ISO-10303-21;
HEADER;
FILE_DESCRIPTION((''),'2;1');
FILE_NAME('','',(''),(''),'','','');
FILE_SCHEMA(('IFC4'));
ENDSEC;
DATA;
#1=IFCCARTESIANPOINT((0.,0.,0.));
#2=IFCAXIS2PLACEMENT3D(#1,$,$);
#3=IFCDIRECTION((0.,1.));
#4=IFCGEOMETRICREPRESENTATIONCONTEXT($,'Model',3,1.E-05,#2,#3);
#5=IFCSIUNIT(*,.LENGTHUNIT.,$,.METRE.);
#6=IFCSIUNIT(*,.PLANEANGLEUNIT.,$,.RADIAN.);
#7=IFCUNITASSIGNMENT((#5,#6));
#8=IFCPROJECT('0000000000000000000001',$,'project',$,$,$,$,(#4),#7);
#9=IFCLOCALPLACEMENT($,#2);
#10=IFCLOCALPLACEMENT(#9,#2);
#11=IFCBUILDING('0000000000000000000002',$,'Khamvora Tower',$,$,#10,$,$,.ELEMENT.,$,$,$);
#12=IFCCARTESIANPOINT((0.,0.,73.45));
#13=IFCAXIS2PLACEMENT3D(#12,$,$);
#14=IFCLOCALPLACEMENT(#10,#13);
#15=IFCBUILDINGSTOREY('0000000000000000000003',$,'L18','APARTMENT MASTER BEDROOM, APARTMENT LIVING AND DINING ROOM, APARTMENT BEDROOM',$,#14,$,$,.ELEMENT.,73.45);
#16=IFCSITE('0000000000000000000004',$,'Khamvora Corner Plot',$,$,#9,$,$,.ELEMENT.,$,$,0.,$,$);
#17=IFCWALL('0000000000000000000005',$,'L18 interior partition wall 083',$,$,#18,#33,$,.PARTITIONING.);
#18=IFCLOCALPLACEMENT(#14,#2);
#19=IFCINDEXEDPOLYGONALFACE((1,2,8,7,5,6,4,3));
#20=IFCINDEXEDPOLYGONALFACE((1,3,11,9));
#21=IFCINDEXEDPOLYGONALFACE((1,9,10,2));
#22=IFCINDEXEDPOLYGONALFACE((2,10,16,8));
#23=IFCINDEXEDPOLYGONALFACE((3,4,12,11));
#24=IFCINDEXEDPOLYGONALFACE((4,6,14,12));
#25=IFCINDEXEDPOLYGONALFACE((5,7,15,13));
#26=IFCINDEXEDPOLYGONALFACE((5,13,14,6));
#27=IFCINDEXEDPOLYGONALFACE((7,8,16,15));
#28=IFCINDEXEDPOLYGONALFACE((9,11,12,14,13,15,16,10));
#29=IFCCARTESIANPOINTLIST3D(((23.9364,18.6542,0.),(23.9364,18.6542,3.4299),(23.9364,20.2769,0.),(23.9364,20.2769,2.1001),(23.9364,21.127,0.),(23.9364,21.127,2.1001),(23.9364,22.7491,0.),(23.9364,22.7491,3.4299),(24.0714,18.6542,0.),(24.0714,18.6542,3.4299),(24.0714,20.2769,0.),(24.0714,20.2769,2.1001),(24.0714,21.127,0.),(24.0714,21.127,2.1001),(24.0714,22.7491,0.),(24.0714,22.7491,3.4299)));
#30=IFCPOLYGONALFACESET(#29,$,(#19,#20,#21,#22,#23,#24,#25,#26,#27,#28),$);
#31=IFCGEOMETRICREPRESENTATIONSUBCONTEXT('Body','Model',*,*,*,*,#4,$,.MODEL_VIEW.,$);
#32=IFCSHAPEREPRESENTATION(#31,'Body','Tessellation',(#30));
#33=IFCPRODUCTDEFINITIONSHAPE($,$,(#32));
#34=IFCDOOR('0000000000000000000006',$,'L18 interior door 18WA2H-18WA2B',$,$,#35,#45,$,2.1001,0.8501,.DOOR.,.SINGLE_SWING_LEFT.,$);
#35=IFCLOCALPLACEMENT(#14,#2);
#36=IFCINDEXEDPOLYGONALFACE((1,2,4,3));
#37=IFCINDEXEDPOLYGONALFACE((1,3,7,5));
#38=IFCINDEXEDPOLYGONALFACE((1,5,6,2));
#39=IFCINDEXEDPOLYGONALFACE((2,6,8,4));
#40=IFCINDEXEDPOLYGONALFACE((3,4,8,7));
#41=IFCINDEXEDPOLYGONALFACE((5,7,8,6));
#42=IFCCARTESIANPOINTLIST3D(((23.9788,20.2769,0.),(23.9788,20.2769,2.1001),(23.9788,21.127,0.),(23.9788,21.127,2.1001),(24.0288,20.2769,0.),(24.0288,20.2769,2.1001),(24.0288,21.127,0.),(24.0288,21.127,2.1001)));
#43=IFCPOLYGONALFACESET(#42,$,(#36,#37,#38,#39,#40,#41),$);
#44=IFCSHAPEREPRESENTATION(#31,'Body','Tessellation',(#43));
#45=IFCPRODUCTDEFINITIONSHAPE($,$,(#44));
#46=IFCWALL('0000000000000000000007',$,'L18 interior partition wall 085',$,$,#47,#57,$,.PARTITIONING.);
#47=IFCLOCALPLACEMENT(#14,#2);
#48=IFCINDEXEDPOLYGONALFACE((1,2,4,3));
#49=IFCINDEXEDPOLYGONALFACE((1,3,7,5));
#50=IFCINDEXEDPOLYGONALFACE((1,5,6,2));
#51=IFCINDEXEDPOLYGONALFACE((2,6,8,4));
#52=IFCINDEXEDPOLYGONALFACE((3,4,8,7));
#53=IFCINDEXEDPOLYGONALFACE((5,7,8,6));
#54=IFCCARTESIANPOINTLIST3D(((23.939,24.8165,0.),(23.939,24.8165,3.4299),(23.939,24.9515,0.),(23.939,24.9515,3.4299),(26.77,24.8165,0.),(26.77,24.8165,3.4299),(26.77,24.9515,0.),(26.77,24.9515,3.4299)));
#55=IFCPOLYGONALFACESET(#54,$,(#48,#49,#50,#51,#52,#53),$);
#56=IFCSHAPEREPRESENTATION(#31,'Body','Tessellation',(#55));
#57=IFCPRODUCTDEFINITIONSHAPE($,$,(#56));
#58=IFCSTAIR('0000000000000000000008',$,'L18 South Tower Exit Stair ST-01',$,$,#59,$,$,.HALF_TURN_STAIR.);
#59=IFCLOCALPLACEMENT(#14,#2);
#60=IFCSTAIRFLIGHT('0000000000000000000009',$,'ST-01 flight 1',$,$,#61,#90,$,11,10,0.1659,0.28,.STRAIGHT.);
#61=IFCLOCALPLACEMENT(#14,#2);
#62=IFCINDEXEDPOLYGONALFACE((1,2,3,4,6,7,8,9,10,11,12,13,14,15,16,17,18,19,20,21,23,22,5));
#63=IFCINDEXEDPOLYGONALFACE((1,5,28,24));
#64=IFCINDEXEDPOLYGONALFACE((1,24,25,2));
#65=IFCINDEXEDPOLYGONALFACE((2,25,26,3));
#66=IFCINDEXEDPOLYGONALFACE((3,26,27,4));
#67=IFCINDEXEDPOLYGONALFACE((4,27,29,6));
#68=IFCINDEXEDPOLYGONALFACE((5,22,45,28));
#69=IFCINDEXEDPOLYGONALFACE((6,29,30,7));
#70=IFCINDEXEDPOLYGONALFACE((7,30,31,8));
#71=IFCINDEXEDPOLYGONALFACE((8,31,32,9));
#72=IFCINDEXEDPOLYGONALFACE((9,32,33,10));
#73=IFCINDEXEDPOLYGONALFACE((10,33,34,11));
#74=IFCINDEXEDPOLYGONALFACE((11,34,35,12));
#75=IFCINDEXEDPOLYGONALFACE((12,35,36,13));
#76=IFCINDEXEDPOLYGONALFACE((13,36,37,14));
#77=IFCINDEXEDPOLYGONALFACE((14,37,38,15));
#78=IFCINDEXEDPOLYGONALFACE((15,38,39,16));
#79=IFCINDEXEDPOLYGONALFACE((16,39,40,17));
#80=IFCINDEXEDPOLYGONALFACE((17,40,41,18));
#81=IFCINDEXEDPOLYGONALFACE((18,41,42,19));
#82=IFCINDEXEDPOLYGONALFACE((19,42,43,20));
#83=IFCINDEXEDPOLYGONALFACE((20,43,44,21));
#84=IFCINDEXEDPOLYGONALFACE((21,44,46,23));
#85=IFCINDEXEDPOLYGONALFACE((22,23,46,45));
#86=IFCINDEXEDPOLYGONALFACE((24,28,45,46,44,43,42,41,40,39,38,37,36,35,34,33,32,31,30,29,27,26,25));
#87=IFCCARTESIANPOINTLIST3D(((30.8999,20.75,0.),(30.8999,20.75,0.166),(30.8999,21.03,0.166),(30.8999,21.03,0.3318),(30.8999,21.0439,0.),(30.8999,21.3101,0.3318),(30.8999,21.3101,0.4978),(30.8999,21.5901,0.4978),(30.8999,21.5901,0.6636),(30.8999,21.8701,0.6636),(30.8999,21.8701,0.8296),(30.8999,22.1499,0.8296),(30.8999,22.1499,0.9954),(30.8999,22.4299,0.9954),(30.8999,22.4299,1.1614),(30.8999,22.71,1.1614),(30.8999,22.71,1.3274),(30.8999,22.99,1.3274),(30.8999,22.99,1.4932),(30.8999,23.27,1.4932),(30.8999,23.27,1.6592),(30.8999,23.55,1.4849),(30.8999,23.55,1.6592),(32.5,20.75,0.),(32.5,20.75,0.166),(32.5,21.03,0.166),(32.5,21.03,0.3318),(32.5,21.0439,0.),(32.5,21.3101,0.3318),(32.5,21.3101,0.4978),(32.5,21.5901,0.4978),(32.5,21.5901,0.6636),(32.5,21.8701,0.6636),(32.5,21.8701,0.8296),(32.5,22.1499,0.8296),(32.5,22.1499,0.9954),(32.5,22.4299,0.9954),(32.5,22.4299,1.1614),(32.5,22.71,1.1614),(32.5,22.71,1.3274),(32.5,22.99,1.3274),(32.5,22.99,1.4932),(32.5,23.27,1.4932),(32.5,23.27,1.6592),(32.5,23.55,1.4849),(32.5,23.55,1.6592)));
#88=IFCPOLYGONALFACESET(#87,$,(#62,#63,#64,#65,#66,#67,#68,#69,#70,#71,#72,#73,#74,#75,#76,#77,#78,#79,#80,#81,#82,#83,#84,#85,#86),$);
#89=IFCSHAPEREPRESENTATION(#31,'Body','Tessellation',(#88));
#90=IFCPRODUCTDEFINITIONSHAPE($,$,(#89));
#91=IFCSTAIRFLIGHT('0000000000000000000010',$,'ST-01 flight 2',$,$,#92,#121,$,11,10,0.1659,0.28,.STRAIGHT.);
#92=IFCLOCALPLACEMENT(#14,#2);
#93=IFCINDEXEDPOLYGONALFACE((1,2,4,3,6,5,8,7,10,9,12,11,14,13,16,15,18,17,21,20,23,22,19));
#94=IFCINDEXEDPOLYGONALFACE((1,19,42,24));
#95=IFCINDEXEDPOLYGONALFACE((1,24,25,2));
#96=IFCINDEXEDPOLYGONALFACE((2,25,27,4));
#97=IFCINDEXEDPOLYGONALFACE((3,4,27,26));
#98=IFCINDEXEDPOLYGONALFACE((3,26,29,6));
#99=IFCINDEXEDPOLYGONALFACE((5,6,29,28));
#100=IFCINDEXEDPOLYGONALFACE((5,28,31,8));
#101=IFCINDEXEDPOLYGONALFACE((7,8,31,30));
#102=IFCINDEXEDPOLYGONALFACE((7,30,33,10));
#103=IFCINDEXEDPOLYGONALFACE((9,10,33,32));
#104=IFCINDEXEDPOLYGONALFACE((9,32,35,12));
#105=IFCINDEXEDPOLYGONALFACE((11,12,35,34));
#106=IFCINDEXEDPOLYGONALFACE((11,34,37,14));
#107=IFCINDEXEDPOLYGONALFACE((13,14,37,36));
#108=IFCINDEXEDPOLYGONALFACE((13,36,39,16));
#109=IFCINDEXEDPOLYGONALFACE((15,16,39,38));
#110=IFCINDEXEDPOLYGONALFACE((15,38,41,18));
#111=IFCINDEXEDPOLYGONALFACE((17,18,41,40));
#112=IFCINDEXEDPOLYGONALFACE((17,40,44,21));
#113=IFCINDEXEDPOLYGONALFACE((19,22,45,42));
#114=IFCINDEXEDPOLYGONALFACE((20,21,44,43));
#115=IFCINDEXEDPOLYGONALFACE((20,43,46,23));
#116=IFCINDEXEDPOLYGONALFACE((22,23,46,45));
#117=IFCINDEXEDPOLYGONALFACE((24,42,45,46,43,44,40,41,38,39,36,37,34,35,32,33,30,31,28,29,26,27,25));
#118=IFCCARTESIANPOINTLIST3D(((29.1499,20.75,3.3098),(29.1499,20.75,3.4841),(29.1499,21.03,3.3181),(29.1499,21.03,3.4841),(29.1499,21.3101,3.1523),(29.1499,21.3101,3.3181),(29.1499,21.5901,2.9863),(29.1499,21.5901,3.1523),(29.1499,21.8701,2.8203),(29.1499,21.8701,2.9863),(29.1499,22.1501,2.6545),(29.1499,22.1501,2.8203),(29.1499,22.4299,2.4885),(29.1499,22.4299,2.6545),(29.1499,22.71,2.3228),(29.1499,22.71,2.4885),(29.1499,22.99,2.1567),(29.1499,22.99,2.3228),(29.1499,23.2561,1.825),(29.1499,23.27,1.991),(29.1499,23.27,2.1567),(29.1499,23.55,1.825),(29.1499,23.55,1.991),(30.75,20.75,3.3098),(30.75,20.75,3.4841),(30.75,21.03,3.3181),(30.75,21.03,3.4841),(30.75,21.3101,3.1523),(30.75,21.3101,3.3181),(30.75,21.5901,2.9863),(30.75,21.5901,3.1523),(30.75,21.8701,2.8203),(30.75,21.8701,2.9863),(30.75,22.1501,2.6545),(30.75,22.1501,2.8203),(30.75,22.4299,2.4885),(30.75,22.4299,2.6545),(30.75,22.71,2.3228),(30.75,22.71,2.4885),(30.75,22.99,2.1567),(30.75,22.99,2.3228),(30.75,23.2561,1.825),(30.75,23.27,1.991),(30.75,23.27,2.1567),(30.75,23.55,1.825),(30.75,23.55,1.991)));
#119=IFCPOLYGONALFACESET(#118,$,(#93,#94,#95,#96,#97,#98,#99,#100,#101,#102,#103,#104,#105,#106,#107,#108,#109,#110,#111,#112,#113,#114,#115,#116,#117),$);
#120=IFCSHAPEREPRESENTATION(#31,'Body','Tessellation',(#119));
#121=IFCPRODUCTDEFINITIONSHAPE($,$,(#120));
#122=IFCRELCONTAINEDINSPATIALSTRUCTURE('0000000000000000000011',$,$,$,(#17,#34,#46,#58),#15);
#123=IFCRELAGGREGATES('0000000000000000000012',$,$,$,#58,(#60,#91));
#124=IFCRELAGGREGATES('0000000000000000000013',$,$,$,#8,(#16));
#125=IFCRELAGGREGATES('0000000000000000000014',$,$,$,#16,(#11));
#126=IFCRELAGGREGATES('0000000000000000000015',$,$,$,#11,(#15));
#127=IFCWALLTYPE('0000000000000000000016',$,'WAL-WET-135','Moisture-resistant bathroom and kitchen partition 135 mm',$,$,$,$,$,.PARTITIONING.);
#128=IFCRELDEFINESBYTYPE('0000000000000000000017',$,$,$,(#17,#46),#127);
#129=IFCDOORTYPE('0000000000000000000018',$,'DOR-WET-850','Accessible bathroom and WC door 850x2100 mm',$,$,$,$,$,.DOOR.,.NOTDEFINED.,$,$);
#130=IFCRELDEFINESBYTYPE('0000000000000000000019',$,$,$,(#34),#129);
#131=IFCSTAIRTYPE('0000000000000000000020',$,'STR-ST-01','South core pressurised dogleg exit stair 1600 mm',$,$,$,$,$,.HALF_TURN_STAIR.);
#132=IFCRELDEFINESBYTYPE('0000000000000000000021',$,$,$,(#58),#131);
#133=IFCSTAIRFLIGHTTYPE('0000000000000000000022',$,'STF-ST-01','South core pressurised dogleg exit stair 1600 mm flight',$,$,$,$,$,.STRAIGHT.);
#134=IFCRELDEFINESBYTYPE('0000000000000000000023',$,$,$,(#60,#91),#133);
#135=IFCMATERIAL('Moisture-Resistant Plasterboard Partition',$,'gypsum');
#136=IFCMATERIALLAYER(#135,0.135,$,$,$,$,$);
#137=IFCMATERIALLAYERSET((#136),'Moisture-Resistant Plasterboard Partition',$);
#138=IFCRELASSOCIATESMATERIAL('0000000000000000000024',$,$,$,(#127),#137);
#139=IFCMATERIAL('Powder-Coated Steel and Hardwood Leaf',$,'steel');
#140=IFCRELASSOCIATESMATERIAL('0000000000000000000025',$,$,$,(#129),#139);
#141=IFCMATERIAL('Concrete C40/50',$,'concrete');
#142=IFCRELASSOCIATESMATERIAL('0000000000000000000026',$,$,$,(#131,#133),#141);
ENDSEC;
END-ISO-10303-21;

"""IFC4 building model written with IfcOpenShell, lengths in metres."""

from ifc_helpers import new_model, si_unit, direction, frame, frame_2d, origin, place, context, subcontext, project, spatial, polyline, rectangle, outline, extrude, material, layer, layer_set, type_object, element, fill, aggregate, save


model = new_model("IFC4")

# Units and contexts
model_context = context("Model", 3, precision=1e-05, world=origin(), true_north=direction((0.0, 1.0)))
body_context = subcontext(model_context, "Body", "Model", "MODEL_VIEW")
ifc_project = project(units=[si_unit("LENGTHUNIT", "METRE"), si_unit("PLANEANGLEUNIT", "RADIAN")], contexts=[model_context])

# Site, building, storey
site_placement = place(None, origin())
site = spatial("IfcSite", under=ifc_project, at=site_placement, Name="Khamvora Corner Plot", CompositionType="ELEMENT", RefElevation=0.0)
building_placement = place(site_placement, origin())
building = spatial("IfcBuilding", under=site, at=building_placement, Name="Khamvora Tower", CompositionType="ELEMENT")
storey_placement = place(building_placement, frame((0.0, 0.0, 73.45)))
storey = spatial("IfcBuildingStorey", under=building, at=storey_placement, Name="L18", Description="APARTMENT MASTER BEDROOM, APARTMENT LIVING AND DINING ROOM, APARTMENT BEDROOM", CompositionType="ELEMENT", Elevation=73.45)

# Shared definitions
ifc_material_1 = material(Name="Powder-Coated Steel and Hardwood Leaf", Category="steel")

# Shared definitions
ifc_material_2 = material(Name="Moisture-Resistant Plasterboard Partition", Category="gypsum")
ifc_layer_1 = layer(ifc_material_2, 0.135)
ifc_layer_set_1 = layer_set([ifc_layer_1], Name="Moisture-Resistant Plasterboard Partition")
wall_type_1 = type_object("IfcWallType", Name="WAL-WET-135", Description="Moisture-resistant bathroom and kitchen partition 135 mm", PredefinedType="PARTITIONING", material=ifc_layer_set_1)

# Wall, opening, door
wall_1_placement = place(storey_placement, frame((24.0039, 22.749, 0.0), z_axis=(0.0, 0.0, 1.0), x_axis=(0.0, -1.0, 0.0)))
wall_1 = element("IfcWall", 1, at=wall_1_placement, inside=storey, type_object=wall_type_1, Name="L18 interior partition wall 083", PredefinedType="PARTITIONING", context=body_context, shape_type="SweptSolid", body=[
    extrude(rectangle(XDim=4.095, YDim=0.135, at=frame_2d((2.0474, 0.0))), origin(), (0.0, 0.0, 1.0), 3.4299),
])
opening_1_placement = place(wall_1_placement, frame((1.6221, 0.0, 0.0)))
opening_1 = element("IfcOpeningElement", 2, at=opening_1_placement, cuts=wall_1, PredefinedType="OPENING", context=body_context, shape_type="SweptSolid", body=[
    extrude(rectangle(XDim=0.8501, YDim=2.1001, at=frame_2d((0.425, 1.05))), frame((0.0, 0.0774, 0.0), z_axis=(0.0, -1.0, 0.0), x_axis=(1.0, 0.0, 0.0)), (0.0, 0.0, 1.0), 0.155),
])
door_type_1 = type_object("IfcDoorType", Name="DOR-WET-850", Description="Accessible bathroom and WC door 850x2100 mm", OperationType="NOTDEFINED", PredefinedType="DOOR", material=ifc_material_1)
door_1_placement = place(opening_1_placement, origin())
door_1 = element("IfcDoor", 3, at=door_1_placement, inside=storey, type_object=door_type_1, Name="L18 interior door 18WA2H-18WA2B", OperationType="SINGLE_SWING_LEFT", OverallHeight=2.1001, OverallWidth=0.8501, PredefinedType="DOOR", context=body_context, shape_type="SweptSolid", body=[
    extrude(rectangle(XDim=0.8501, YDim=2.1001, at=frame_2d((0.425, 1.05))), frame((0.0, 0.0249, 0.0), z_axis=(0.0, -1.0, 0.0), x_axis=(1.0, 0.0, 0.0)), (0.0, 0.0, 1.0), 0.05),
])
fill(opening_1, door_1)

# Wall
wall_2_placement = place(storey_placement, frame((23.939, 24.884, 0.0), z_axis=(0.0, 0.0, 1.0), x_axis=(1.0, 0.0, 0.0)))
element("IfcWall", 4, at=wall_2_placement, inside=storey, type_object=wall_type_1, Name="L18 interior partition wall 085", PredefinedType="PARTITIONING", context=body_context, shape_type="SweptSolid", body=[
    extrude(rectangle(XDim=2.8311, YDim=0.135, at=frame_2d((1.4155, 0.0))), origin(), (0.0, 0.0, 1.0), 3.4299),
])

# Stair, stair flights
ifc_material_3 = material(Name="Concrete C40/50", Category="concrete")
stair_type = type_object("IfcStairType", Name="STR-ST-01", Description="South core pressurised dogleg exit stair 1600 mm", PredefinedType="HALF_TURN_STAIR", material=ifc_material_3)
stair_placement = place(storey_placement, origin())
stair = element("IfcStair", 5, at=stair_placement, inside=storey, type_object=stair_type, Name="L18 South Tower Exit Stair ST-01", PredefinedType="HALF_TURN_STAIR")
stair_flight_type = type_object("IfcStairFlightType", Name="STF-ST-01", Description="South core pressurised dogleg exit stair 1600 mm flight", PredefinedType="STRAIGHT", material=ifc_material_3)
stair_flight_1_placement = place(storey_placement, frame((31.7, 20.75, 0.0), z_axis=(0.0, 0.0, 1.0), x_axis=(0.0, 1.0, 0.0)))
stair_flight_1 = element("IfcStairFlight", 6, at=stair_flight_1_placement, type_object=stair_flight_type, Name="ST-01 flight 1", NumberOfRisers=11, NumberOfTreads=10, PredefinedType="STRAIGHT", RiserHeight=0.1659, TreadLength=0.28, context=body_context, shape_type="SweptSolid", body=[
    extrude(outline(polyline([(0.0, 0.0), (0.0, 0.166), (0.28, 0.166), (0.28, 0.3318), (0.5601, 0.3318), (0.5601, 0.4978), (0.8401, 0.4978), (0.8401, 0.6636), (1.1201, 0.6636), (1.1201, 0.8296), (1.3999, 0.8296), (1.3999, 0.9954), (1.6799, 0.9954), (1.6799, 1.1614), (1.96, 1.1614), (1.96, 1.3274), (2.24, 1.3274), (2.24, 1.4932), (2.52, 1.4932), (2.52, 1.6592), (2.8, 1.6592), (2.8, 1.825), (2.8, 1.4849), (0.2939, 0.0), (0.0, 0.0)])), frame((0.0, 0.8, 0.0), z_axis=(0.0, -1.0, 0.0), x_axis=(1.0, 0.0, 0.0)), (0.0, 0.0, 1.0), 1.6001),
])
stair_flight_2_placement = place(storey_placement, frame((29.95, 23.55, 1.825), z_axis=(0.0, 0.0, 1.0), x_axis=(0.0, -1.0, 0.0)))
stair_flight_2 = element("IfcStairFlight", 7, at=stair_flight_2_placement, type_object=stair_flight_type, Name="ST-01 flight 2", NumberOfRisers=11, NumberOfTreads=10, PredefinedType="STRAIGHT", RiserHeight=0.1659, TreadLength=0.28, context=body_context, shape_type="SweptSolid", body=[
    extrude(outline(polyline([(0.0, 0.0), (0.0, 0.166), (0.28, 0.166), (0.28, 0.3318), (0.5601, 0.3318), (0.5601, 0.4978), (0.8401, 0.4978), (0.8401, 0.6636), (1.1201, 0.6636), (1.1201, 0.8296), (1.3999, 0.8296), (1.3999, 0.9954), (1.6799, 0.9954), (1.6799, 1.1614), (1.96, 1.1614), (1.96, 1.3274), (2.24, 1.3274), (2.24, 1.4932), (2.52, 1.4932), (2.52, 1.6592), (2.8, 1.6592), (2.8, 1.825), (2.8, 1.4849), (0.2939, 0.0), (0.0, 0.0)])), frame((0.0, 0.8, 0.0), z_axis=(0.0, -1.0, 0.0), x_axis=(1.0, 0.0, 0.0)), (0.0, 0.0, 1.0), 1.6001),
])
aggregate(stair, [stair_flight_1, stair_flight_2])

save(model, "model.ifc")
